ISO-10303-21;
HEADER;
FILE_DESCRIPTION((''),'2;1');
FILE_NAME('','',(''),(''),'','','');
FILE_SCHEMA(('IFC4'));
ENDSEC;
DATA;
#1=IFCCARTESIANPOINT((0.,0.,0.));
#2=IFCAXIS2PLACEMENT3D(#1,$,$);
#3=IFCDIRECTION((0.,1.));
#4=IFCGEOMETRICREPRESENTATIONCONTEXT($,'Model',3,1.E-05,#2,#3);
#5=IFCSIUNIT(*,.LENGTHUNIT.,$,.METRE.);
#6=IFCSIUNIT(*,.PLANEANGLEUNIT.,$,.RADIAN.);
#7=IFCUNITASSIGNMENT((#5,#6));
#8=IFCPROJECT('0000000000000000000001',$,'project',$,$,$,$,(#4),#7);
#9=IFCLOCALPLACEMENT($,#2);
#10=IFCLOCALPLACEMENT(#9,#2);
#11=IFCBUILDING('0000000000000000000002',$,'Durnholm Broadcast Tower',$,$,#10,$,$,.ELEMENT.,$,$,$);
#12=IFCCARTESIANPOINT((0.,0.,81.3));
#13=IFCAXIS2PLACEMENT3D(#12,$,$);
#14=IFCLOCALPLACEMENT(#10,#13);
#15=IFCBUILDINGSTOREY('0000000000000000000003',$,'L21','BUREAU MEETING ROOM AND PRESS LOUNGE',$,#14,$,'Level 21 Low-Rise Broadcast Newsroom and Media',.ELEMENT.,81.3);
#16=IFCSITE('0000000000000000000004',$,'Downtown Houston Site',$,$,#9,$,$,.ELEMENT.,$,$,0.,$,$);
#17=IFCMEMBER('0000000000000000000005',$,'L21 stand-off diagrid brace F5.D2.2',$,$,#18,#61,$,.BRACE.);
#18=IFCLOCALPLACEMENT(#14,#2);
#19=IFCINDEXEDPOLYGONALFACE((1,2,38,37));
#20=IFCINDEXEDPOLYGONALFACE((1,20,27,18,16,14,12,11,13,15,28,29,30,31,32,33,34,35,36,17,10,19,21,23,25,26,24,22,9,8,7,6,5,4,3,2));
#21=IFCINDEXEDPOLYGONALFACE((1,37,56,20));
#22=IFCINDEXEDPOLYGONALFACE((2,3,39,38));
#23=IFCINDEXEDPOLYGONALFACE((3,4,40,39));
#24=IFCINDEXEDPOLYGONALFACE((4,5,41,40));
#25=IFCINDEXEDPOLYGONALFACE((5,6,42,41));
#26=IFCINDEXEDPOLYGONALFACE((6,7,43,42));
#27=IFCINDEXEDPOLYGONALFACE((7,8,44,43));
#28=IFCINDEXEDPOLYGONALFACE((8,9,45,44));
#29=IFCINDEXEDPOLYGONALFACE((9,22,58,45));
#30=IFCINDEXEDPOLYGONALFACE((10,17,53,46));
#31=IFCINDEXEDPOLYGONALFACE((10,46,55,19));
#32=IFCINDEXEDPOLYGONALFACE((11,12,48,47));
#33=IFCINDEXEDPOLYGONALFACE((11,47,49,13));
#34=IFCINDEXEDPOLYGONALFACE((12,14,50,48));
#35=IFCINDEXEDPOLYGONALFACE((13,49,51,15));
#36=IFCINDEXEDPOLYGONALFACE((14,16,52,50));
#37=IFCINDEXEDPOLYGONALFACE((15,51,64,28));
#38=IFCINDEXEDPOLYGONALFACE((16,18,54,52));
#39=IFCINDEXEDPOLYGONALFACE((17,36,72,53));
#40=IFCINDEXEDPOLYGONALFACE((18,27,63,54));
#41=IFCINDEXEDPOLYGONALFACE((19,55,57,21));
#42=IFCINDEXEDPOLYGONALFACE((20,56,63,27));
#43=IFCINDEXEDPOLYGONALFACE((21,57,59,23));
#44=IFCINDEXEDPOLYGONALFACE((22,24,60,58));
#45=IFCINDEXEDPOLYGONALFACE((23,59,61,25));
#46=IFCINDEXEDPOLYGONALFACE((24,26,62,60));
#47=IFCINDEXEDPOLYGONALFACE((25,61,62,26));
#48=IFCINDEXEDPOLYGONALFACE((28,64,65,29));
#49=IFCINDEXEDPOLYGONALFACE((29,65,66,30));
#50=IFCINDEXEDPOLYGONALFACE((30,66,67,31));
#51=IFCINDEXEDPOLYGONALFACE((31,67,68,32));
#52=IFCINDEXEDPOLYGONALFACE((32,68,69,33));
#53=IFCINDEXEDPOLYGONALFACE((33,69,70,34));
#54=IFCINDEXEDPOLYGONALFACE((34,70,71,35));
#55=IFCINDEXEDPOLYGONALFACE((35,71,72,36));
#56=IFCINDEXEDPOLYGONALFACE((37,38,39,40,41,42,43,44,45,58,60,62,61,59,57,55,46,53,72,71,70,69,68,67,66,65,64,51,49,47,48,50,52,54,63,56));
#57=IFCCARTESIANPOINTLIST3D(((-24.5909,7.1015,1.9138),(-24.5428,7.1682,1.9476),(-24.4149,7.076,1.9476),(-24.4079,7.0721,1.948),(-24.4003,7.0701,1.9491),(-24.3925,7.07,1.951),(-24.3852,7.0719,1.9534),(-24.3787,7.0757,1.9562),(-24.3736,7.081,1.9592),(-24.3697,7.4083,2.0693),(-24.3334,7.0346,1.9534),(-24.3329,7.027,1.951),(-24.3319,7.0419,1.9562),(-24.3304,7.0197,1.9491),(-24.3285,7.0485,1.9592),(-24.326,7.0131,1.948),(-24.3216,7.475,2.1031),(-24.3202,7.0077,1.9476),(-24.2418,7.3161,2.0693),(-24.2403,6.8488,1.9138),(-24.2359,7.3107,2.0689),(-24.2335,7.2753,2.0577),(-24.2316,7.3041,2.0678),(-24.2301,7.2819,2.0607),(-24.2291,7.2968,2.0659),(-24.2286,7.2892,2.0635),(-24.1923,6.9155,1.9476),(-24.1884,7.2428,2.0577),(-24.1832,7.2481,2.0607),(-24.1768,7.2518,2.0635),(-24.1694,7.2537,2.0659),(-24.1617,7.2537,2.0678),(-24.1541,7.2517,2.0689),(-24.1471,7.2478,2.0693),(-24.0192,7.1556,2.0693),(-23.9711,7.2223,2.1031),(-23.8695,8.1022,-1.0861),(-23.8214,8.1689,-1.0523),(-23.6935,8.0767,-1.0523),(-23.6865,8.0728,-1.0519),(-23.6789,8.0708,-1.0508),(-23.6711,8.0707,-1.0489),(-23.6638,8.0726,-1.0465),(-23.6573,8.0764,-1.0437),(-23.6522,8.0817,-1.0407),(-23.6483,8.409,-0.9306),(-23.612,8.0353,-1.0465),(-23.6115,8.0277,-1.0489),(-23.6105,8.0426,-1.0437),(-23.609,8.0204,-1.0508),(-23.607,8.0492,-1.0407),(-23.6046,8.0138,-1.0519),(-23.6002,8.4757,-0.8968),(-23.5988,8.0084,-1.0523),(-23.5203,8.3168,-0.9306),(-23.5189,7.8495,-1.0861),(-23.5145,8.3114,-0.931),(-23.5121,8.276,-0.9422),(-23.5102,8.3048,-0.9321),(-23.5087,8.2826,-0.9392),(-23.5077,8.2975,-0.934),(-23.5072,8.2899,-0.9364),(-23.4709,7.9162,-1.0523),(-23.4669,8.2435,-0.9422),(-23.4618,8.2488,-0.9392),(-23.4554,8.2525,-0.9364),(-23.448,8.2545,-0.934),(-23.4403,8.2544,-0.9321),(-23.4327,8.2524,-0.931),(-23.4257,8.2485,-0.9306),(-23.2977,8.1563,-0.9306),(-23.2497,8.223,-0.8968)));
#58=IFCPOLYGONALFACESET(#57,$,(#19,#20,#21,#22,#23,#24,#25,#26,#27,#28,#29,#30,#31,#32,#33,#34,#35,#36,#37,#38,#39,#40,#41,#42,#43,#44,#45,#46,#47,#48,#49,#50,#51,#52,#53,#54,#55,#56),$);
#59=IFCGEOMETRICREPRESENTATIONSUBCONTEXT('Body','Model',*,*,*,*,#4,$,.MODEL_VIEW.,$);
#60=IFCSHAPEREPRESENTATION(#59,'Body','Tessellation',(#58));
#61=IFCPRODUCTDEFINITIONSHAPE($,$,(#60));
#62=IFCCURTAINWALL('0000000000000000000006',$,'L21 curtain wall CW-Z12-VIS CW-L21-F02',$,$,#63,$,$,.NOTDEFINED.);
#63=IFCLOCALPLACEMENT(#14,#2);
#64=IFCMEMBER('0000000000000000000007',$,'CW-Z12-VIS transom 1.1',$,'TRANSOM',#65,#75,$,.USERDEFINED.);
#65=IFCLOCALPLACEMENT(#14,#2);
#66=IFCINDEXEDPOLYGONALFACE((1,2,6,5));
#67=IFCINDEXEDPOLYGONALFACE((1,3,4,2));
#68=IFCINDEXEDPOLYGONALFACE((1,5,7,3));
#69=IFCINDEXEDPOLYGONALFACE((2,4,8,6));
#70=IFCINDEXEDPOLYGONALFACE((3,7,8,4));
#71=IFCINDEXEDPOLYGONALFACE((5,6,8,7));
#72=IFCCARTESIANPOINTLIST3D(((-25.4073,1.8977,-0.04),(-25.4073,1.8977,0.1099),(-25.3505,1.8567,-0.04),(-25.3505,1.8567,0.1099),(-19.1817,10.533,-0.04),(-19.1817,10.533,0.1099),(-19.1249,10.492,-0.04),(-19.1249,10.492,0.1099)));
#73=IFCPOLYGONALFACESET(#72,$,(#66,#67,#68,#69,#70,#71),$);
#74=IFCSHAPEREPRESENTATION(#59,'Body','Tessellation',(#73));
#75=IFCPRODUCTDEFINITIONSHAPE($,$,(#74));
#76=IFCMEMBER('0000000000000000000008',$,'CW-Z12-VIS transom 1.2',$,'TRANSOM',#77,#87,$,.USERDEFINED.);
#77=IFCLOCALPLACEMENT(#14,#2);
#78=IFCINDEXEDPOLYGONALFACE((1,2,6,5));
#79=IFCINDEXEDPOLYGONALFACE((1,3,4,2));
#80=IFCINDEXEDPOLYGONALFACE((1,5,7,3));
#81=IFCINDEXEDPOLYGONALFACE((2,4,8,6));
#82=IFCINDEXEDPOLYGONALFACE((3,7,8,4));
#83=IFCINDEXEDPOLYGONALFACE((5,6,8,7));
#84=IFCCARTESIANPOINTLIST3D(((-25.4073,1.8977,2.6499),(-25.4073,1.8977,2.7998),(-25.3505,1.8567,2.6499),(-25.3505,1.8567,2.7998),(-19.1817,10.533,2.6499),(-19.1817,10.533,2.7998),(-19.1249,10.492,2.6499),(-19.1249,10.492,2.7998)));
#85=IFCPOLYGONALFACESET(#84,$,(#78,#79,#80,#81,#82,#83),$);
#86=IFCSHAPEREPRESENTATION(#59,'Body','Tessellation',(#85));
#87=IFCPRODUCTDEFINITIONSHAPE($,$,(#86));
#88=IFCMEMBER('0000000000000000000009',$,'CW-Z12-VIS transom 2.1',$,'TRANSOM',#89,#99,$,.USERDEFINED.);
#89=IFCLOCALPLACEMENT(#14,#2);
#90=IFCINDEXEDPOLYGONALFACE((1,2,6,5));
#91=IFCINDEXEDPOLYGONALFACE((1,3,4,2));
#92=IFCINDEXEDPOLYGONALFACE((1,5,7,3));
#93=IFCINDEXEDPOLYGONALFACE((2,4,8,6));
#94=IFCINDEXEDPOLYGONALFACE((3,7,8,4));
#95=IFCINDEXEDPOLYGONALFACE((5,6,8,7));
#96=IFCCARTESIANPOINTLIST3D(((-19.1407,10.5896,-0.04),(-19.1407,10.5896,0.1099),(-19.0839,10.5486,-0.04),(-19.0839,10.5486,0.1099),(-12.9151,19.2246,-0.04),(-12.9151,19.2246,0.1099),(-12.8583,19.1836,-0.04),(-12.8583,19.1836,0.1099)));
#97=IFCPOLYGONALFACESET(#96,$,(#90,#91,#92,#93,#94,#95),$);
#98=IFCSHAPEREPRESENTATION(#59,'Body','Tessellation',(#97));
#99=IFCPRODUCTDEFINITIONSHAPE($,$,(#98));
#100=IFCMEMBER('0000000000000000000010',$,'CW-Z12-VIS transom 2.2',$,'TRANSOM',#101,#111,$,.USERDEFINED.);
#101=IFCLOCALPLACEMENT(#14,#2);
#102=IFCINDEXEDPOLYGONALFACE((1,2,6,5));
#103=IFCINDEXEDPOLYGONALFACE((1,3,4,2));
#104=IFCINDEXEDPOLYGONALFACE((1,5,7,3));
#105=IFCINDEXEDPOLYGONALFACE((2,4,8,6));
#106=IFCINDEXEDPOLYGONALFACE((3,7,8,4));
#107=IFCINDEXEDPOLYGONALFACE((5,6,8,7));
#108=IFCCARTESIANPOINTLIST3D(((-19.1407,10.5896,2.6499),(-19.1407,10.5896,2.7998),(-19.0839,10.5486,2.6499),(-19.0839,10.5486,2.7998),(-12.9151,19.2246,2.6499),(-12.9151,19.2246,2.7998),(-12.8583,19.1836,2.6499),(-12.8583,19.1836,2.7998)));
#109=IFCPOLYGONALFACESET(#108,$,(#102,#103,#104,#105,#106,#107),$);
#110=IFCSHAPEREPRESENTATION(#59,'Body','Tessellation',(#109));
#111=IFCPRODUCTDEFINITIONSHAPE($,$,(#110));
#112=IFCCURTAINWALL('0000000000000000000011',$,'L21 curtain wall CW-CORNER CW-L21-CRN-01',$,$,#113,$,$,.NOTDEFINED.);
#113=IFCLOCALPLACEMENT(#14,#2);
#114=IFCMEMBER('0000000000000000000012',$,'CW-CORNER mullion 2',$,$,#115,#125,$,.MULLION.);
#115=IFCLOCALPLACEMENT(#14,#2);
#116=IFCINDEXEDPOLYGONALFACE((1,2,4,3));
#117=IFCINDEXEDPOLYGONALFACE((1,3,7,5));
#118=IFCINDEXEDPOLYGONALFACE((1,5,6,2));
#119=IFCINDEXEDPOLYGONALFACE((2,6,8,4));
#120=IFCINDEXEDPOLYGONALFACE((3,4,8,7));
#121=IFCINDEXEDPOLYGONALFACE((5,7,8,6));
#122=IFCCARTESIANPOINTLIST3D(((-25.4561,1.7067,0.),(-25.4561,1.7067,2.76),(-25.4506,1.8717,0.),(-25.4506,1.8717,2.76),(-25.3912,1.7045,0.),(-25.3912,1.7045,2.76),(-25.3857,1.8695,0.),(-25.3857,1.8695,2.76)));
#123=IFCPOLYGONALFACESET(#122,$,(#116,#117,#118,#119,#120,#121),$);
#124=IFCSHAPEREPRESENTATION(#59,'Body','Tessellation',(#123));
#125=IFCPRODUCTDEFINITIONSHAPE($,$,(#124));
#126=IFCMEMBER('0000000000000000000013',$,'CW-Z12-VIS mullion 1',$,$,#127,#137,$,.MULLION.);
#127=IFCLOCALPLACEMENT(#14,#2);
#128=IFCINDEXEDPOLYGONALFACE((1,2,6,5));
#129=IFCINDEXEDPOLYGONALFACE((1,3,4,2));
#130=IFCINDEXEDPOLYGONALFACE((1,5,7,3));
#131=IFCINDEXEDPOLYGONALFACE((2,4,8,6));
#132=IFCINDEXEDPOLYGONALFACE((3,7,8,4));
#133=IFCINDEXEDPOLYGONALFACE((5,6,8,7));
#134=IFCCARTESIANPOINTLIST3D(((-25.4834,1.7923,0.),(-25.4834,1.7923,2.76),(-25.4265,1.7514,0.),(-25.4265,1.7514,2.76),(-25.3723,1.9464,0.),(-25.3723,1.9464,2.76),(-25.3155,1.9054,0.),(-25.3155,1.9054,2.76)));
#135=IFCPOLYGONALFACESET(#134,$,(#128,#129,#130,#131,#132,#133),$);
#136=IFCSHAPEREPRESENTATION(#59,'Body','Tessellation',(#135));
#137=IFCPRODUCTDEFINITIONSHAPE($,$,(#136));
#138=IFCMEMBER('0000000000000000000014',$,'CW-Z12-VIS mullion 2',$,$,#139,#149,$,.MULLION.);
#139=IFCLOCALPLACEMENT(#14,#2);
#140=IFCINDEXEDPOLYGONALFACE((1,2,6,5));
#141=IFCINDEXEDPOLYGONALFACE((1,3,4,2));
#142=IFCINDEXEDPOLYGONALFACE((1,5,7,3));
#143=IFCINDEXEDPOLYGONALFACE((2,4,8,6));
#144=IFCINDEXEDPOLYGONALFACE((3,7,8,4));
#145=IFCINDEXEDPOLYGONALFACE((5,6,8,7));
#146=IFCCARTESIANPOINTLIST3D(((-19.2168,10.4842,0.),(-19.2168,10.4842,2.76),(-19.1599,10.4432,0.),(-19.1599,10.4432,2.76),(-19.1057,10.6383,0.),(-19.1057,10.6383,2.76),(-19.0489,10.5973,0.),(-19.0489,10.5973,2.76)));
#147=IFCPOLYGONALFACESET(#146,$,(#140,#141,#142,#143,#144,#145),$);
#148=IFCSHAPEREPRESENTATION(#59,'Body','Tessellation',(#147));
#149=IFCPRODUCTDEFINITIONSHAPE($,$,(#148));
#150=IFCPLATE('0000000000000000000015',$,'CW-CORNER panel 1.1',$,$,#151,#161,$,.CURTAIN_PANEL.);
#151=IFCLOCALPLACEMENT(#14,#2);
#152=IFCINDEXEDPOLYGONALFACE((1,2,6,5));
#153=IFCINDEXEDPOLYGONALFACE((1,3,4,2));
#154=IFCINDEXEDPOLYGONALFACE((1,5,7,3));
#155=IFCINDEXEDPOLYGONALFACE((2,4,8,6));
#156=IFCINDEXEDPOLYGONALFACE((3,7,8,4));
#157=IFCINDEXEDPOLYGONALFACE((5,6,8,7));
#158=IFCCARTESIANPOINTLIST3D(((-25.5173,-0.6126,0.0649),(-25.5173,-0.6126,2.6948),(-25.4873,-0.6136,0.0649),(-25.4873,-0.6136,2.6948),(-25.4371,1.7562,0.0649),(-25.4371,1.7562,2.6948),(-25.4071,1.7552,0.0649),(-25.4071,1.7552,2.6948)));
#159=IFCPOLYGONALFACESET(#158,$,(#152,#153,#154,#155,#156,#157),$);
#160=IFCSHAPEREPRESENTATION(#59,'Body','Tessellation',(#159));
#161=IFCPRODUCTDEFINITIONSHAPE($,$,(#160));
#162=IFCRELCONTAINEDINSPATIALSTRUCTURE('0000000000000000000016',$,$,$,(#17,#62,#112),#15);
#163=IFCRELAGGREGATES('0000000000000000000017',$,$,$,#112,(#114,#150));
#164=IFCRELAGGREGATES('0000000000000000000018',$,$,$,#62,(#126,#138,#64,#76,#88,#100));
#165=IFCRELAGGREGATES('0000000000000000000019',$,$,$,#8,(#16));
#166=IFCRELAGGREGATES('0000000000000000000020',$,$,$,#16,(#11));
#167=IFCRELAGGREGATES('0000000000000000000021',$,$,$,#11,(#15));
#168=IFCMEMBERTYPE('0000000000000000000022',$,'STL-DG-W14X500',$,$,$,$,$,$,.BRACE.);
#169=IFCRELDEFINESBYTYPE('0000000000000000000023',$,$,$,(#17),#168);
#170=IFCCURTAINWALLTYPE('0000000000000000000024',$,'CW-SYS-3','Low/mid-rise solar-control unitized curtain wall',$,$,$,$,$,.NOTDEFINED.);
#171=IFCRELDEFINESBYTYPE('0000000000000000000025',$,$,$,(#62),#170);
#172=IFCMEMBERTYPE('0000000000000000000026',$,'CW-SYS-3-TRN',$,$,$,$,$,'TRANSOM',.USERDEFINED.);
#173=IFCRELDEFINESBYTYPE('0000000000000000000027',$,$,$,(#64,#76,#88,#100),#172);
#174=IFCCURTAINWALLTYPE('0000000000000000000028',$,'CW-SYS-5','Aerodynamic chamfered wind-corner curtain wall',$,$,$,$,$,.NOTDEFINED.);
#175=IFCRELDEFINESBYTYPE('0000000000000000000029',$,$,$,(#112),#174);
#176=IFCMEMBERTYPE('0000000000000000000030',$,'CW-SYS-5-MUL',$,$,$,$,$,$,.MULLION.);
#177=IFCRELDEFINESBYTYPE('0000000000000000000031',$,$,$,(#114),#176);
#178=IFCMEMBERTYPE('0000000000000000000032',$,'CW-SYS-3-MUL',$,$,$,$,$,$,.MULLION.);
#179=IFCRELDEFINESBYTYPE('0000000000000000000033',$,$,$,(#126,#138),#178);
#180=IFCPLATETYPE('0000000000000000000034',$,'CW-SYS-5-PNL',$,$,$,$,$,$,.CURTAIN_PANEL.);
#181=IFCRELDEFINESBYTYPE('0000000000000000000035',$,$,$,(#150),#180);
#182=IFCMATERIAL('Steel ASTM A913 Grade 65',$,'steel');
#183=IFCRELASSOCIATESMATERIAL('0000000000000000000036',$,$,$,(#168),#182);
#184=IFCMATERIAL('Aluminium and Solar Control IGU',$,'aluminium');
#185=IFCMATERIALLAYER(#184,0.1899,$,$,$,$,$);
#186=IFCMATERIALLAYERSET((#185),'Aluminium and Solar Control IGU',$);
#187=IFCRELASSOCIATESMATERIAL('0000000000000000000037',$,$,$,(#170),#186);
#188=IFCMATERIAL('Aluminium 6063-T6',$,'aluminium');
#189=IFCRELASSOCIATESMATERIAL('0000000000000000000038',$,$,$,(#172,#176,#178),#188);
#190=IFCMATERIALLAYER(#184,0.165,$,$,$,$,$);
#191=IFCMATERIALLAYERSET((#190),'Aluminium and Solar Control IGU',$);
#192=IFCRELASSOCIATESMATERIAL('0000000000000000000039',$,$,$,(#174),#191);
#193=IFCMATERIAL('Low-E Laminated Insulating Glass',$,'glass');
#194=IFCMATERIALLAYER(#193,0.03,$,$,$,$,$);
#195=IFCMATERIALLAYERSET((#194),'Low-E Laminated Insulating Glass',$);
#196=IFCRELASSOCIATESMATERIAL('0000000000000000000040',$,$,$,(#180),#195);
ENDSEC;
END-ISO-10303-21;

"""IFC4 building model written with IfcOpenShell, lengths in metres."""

from ifc_helpers import new_model, si_unit, direction, frame, origin, origin_2d, place, context, subcontext, project, spatial, rectangle, i_section, extrude, source, transform, mapped, material, layer, layer_set, material_profile, profile_set, type_object, type_shapes, element, aggregate, save


model = new_model("IFC4")

# Units and contexts
model_context = context("Model", 3, precision=1e-05, world=origin(), true_north=direction((0.0, 1.0)))
body_context = subcontext(model_context, "Body", "Model", "MODEL_VIEW")
ifc_project = project(units=[si_unit("LENGTHUNIT", "METRE"), si_unit("PLANEANGLEUNIT", "RADIAN")], contexts=[model_context])

# Site, building, storey
site_placement = place(None, origin())
site = spatial("IfcSite", under=ifc_project, at=site_placement, Name="Downtown Houston Site", CompositionType="ELEMENT", RefElevation=0.0)
building_placement = place(site_placement, origin())
building = spatial("IfcBuilding", under=site, at=building_placement, Name="Durnholm Broadcast Tower", CompositionType="ELEMENT")
storey_placement = place(building_placement, frame((0.0, 0.0, 81.3)))
storey = spatial("IfcBuildingStorey", under=building, at=storey_placement, Name="L21", Description="BUREAU MEETING ROOM AND PRESS LOUNGE", LongName="Level 21 Low-Rise Broadcast Newsroom and Media", CompositionType="ELEMENT", Elevation=81.3)

# Member
ifc_material_1 = material(Name="Steel ASTM A913 Grade 65", Category="steel")
ifc_material_profile_1 = material_profile(ifc_material_1, i_section(OverallWidth=0.4321, OverallDepth=0.4978, WebThickness=0.0557, FlangeThickness=0.0889, FilletRadius=0.0305, at=origin_2d()), Name="W14X500")
ifc_profile_set_1 = profile_set([ifc_material_profile_1], Name="Steel ASTM A913 Grade 65")
member_type_1 = type_object("IfcMemberType", Name="STL-DG-W14X500", PredefinedType="BRACE", material=ifc_profile_set_1)
shared_shape_1 = source(origin(), body_context, "Body", "SweptSolid", [
    extrude(i_section(OverallWidth=0.4321, OverallDepth=0.4978, WebThickness=0.0557, FlangeThickness=0.0889, FilletRadius=0.0305, at=origin_2d()), origin(), (0.0, 0.0, 1.0), 3.2437),
])
member_1_placement = place(storey_placement, frame((-23.5596, 8.1626, -0.9915), z_axis=(-0.222408, -0.308511, 0.924855), x_axis=(0.811185, -0.584789, 0.0)))
element("IfcMember", 1, at=member_1_placement, inside=storey, type_object=member_type_1, Name="L21 stand-off diagrid brace F5.D2.2", PredefinedType="BRACE", context=body_context, shape_type="MappedRepresentation", body=[
    mapped(shared_shape_1, transform((0.0, 0.0, 0.0), x_axis=(1.0, 0.0, 0.0), y_axis=(0.0, 1.0, 0.0), z_axis=(0.0, 0.0, 1.0), scale=1.0)),
])

# Curtain wall, members
ifc_material_2 = material(Name="Aluminium and Solar Control IGU", Category="aluminium")
ifc_layer_1 = layer(ifc_material_2, 0.1899)
ifc_layer_set_1 = layer_set([ifc_layer_1], Name="Aluminium and Solar Control IGU")
curtain_wall_type_1 = type_object("IfcCurtainWallType", Name="CW-SYS-3", Description="Low/mid-rise solar-control unitized curtain wall", PredefinedType="NOTDEFINED", material=ifc_layer_set_1)
curtain_wall_1_placement = place(storey_placement, origin())
curtain_wall_1 = element("IfcCurtainWall", 2, at=curtain_wall_1_placement, inside=storey, type_object=curtain_wall_type_1, Name="L21 curtain wall CW-Z12-VIS CW-L21-F02", PredefinedType="NOTDEFINED")
ifc_material_3 = material(Name="Aluminium 6063-T6", Category="aluminium")
ifc_material_profile_2 = material_profile(ifc_material_3, rectangle(XDim=0.0701, YDim=0.1499, at=origin_2d()), Name="CWT70X150")
ifc_profile_set_2 = profile_set([ifc_material_profile_2], Name="Aluminium 6063-T6")
member_type_2 = type_object("IfcMemberType", Name="CW-SYS-3-TRN", ElementType="TRANSOM", PredefinedType="USERDEFINED", material=ifc_profile_set_2)
shared_shape_2 = source(origin(), body_context, "Body", "SweptSolid", [
    extrude(rectangle(XDim=0.0701, YDim=0.1499, at=origin_2d()), origin(), (0.0, 0.0, 1.0), 10.6455),
])
member_2_placement = place(storey_placement, frame((-25.3789, 1.8772, 0.0349), z_axis=(0.584812, 0.811169, 0.0), x_axis=(-0.811169, 0.584812, 0.0)))
member_2 = element("IfcMember", 3, at=member_2_placement, type_object=member_type_2, Name="CW-Z12-VIS transom 1.1", ObjectType="TRANSOM", PredefinedType="USERDEFINED", context=body_context, shape_type="MappedRepresentation", body=[
    mapped(shared_shape_2, transform((0.0, 0.0, 0.0), x_axis=(1.0, 0.0, 0.0), y_axis=(0.0, 1.0, 0.0), z_axis=(0.0, 0.0, 1.0), scale=1.0)),
])
member_3_placement = place(storey_placement, frame((-25.3789, 1.8772, 2.7249), z_axis=(0.584812, 0.811169, 0.0), x_axis=(-0.811169, 0.584812, 0.0)))
member_3 = element("IfcMember", 4, at=member_3_placement, type_object=member_type_2, Name="CW-Z12-VIS transom 1.2", ObjectType="TRANSOM", PredefinedType="USERDEFINED", context=body_context, shape_type="MappedRepresentation", body=[
    mapped(shared_shape_2, transform((0.0, 0.0, 0.0), x_axis=(1.0, 0.0, 0.0), y_axis=(0.0, 1.0, 0.0), z_axis=(0.0, 0.0, 1.0), scale=1.0)),
])
shared_shape_3 = source(origin(), body_context, "Body", "SweptSolid", [
    extrude(rectangle(XDim=0.0701, YDim=0.1499, at=origin_2d()), origin(), (0.0, 0.0, 1.0), 10.6453),
])
type_shapes(member_type_2, [shared_shape_2, shared_shape_3])
member_4_placement = place(storey_placement, frame((-19.1123, 10.5691, 0.0349), z_axis=(0.584823, 0.811161, 0.0), x_axis=(-0.811161, 0.584823, 0.0)))
member_4 = element("IfcMember", 5, at=member_4_placement, type_object=member_type_2, Name="CW-Z12-VIS transom 2.1", ObjectType="TRANSOM", PredefinedType="USERDEFINED", context=body_context, shape_type="MappedRepresentation", body=[
    mapped(shared_shape_3, transform((0.0, 0.0, 0.0), x_axis=(1.0, 0.0, 0.0), y_axis=(0.0, 1.0, 0.0), z_axis=(0.0, 0.0, 1.0), scale=1.0)),
])
member_5_placement = place(storey_placement, frame((-19.1123, 10.5691, 2.7249), z_axis=(0.584823, 0.811161, 0.0), x_axis=(-0.811161, 0.584823, 0.0)))
member_5 = element("IfcMember", 6, at=member_5_placement, type_object=member_type_2, Name="CW-Z12-VIS transom 2.2", ObjectType="TRANSOM", PredefinedType="USERDEFINED", context=body_context, shape_type="MappedRepresentation", body=[
    mapped(shared_shape_3, transform((0.0, 0.0, 0.0), x_axis=(1.0, 0.0, 0.0), y_axis=(0.0, 1.0, 0.0), z_axis=(0.0, 0.0, 1.0), scale=1.0)),
])

# Curtain wall, member
ifc_layer_2 = layer(ifc_material_2, 0.165)
ifc_layer_set_2 = layer_set([ifc_layer_2], Name="Aluminium and Solar Control IGU")
curtain_wall_type_2 = type_object("IfcCurtainWallType", Name="CW-SYS-5", Description="Aerodynamic chamfered wind-corner curtain wall", PredefinedType="NOTDEFINED", material=ifc_layer_set_2)
curtain_wall_2_placement = place(storey_placement, origin())
curtain_wall_2 = element("IfcCurtainWall", 7, at=curtain_wall_2_placement, inside=storey, type_object=curtain_wall_type_2, Name="L21 curtain wall CW-CORNER CW-L21-CRN-01", PredefinedType="NOTDEFINED")
ifc_material_profile_3 = material_profile(ifc_material_3, rectangle(XDim=0.0649, YDim=0.165, at=origin_2d()), Name="CWM65X165")
ifc_profile_set_3 = profile_set([ifc_material_profile_3], Name="Aluminium 6063-T6")
member_type_3 = type_object("IfcMemberType", Name="CW-SYS-5-MUL", PredefinedType="MULLION", material=ifc_profile_set_3)
shared_shape_4 = source(origin(), body_context, "Body", "SweptSolid", [
    extrude(rectangle(XDim=0.0649, YDim=0.165, at=origin_2d()), origin(), (0.0, 0.0, 1.0), 2.76),
])
type_shapes(member_type_3, [shared_shape_4])
member_6_placement = place(storey_placement, frame((-25.4209, 1.7881, 0.0), z_axis=(0.0, 0.0, 1.0), x_axis=(-0.999427, 0.03384, 0.0)))
member_6 = element("IfcMember", 8, at=member_6_placement, type_object=member_type_3, Name="CW-CORNER mullion 2", PredefinedType="MULLION", context=body_context, shape_type="MappedRepresentation", body=[
    mapped(shared_shape_4, transform((0.0, 0.0, 0.0), x_axis=(1.0, 0.0, 0.0), y_axis=(0.0, 1.0, 0.0), z_axis=(0.0, 0.0, 1.0), scale=1.0)),
])

# Members
ifc_material_profile_4 = material_profile(ifc_material_3, rectangle(XDim=0.0701, YDim=0.1899, at=origin_2d()), Name="CWM70X190")
ifc_profile_set_4 = profile_set([ifc_material_profile_4], Name="Aluminium 6063-T6")
member_type_4 = type_object("IfcMemberType", Name="CW-SYS-3-MUL", PredefinedType="MULLION", material=ifc_profile_set_4)
shared_shape_5 = source(origin(), body_context, "Body", "SweptSolid", [
    extrude(rectangle(XDim=0.0701, YDim=0.1899, at=origin_2d()), origin(), (0.0, 0.0, 1.0), 2.76),
])
type_shapes(member_type_4, [shared_shape_5])
member_7_placement = place(storey_placement, frame((-25.3994, 1.8489, 0.0), z_axis=(0.0, 0.0, 1.0), x_axis=(-0.811161, 0.584823, 0.0)))
member_7 = element("IfcMember", 9, at=member_7_placement, type_object=member_type_4, Name="CW-Z12-VIS mullion 1", PredefinedType="MULLION", context=body_context, shape_type="MappedRepresentation", body=[
    mapped(shared_shape_5, transform((0.0, 0.0, 0.0), x_axis=(1.0, 0.0, 0.0), y_axis=(0.0, 1.0, 0.0), z_axis=(0.0, 0.0, 1.0), scale=1.0)),
])
member_8_placement = place(storey_placement, frame((-19.1328, 10.5408, 0.0), z_axis=(0.0, 0.0, 1.0), x_axis=(-0.811161, 0.584823, 0.0)))
member_8 = element("IfcMember", 10, at=member_8_placement, type_object=member_type_4, Name="CW-Z12-VIS mullion 2", PredefinedType="MULLION", context=body_context, shape_type="MappedRepresentation", body=[
    mapped(shared_shape_5, transform((0.0, 0.0, 0.0), x_axis=(1.0, 0.0, 0.0), y_axis=(0.0, 1.0, 0.0), z_axis=(0.0, 0.0, 1.0), scale=1.0)),
])

# Plate
ifc_material_4 = material(Name="Low-E Laminated Insulating Glass", Category="glass")
ifc_layer_3 = layer(ifc_material_4, 0.03)
ifc_layer_set_3 = layer_set([ifc_layer_3], Name="Low-E Laminated Insulating Glass")
plate_type_1 = type_object("IfcPlateType", Name="CW-SYS-5-PNL", PredefinedType="CURTAIN_PANEL", material=ifc_layer_set_3)
shared_shape_6 = source(origin(), body_context, "Body", "SweptSolid", [
    extrude(rectangle(XDim=2.3701, YDim=0.03, at=origin_2d()), origin(), (0.0, 0.0, 1.0), 2.6299),
])
type_shapes(plate_type_1, [shared_shape_6])
plate_1_placement = place(storey_placement, frame((-25.4622, 0.5713, 0.0649), z_axis=(0.0, 0.0, 1.0), x_axis=(0.03384, 0.999427, 0.0)))
plate_1 = element("IfcPlate", 11, at=plate_1_placement, type_object=plate_type_1, Name="CW-CORNER panel 1.1", PredefinedType="CURTAIN_PANEL", context=body_context, shape_type="MappedRepresentation", body=[
    mapped(shared_shape_6, transform((0.0, 0.0, 0.0), x_axis=(1.0, 0.0, 0.0), y_axis=(0.0, 1.0, 0.0), z_axis=(0.0, 0.0, 1.0), scale=1.0)),
])
aggregate(curtain_wall_2, [member_6, plate_1])
aggregate(curtain_wall_1, [member_7, member_8, member_2, member_3, member_4, member_5])

save(model, "model.ifc")
